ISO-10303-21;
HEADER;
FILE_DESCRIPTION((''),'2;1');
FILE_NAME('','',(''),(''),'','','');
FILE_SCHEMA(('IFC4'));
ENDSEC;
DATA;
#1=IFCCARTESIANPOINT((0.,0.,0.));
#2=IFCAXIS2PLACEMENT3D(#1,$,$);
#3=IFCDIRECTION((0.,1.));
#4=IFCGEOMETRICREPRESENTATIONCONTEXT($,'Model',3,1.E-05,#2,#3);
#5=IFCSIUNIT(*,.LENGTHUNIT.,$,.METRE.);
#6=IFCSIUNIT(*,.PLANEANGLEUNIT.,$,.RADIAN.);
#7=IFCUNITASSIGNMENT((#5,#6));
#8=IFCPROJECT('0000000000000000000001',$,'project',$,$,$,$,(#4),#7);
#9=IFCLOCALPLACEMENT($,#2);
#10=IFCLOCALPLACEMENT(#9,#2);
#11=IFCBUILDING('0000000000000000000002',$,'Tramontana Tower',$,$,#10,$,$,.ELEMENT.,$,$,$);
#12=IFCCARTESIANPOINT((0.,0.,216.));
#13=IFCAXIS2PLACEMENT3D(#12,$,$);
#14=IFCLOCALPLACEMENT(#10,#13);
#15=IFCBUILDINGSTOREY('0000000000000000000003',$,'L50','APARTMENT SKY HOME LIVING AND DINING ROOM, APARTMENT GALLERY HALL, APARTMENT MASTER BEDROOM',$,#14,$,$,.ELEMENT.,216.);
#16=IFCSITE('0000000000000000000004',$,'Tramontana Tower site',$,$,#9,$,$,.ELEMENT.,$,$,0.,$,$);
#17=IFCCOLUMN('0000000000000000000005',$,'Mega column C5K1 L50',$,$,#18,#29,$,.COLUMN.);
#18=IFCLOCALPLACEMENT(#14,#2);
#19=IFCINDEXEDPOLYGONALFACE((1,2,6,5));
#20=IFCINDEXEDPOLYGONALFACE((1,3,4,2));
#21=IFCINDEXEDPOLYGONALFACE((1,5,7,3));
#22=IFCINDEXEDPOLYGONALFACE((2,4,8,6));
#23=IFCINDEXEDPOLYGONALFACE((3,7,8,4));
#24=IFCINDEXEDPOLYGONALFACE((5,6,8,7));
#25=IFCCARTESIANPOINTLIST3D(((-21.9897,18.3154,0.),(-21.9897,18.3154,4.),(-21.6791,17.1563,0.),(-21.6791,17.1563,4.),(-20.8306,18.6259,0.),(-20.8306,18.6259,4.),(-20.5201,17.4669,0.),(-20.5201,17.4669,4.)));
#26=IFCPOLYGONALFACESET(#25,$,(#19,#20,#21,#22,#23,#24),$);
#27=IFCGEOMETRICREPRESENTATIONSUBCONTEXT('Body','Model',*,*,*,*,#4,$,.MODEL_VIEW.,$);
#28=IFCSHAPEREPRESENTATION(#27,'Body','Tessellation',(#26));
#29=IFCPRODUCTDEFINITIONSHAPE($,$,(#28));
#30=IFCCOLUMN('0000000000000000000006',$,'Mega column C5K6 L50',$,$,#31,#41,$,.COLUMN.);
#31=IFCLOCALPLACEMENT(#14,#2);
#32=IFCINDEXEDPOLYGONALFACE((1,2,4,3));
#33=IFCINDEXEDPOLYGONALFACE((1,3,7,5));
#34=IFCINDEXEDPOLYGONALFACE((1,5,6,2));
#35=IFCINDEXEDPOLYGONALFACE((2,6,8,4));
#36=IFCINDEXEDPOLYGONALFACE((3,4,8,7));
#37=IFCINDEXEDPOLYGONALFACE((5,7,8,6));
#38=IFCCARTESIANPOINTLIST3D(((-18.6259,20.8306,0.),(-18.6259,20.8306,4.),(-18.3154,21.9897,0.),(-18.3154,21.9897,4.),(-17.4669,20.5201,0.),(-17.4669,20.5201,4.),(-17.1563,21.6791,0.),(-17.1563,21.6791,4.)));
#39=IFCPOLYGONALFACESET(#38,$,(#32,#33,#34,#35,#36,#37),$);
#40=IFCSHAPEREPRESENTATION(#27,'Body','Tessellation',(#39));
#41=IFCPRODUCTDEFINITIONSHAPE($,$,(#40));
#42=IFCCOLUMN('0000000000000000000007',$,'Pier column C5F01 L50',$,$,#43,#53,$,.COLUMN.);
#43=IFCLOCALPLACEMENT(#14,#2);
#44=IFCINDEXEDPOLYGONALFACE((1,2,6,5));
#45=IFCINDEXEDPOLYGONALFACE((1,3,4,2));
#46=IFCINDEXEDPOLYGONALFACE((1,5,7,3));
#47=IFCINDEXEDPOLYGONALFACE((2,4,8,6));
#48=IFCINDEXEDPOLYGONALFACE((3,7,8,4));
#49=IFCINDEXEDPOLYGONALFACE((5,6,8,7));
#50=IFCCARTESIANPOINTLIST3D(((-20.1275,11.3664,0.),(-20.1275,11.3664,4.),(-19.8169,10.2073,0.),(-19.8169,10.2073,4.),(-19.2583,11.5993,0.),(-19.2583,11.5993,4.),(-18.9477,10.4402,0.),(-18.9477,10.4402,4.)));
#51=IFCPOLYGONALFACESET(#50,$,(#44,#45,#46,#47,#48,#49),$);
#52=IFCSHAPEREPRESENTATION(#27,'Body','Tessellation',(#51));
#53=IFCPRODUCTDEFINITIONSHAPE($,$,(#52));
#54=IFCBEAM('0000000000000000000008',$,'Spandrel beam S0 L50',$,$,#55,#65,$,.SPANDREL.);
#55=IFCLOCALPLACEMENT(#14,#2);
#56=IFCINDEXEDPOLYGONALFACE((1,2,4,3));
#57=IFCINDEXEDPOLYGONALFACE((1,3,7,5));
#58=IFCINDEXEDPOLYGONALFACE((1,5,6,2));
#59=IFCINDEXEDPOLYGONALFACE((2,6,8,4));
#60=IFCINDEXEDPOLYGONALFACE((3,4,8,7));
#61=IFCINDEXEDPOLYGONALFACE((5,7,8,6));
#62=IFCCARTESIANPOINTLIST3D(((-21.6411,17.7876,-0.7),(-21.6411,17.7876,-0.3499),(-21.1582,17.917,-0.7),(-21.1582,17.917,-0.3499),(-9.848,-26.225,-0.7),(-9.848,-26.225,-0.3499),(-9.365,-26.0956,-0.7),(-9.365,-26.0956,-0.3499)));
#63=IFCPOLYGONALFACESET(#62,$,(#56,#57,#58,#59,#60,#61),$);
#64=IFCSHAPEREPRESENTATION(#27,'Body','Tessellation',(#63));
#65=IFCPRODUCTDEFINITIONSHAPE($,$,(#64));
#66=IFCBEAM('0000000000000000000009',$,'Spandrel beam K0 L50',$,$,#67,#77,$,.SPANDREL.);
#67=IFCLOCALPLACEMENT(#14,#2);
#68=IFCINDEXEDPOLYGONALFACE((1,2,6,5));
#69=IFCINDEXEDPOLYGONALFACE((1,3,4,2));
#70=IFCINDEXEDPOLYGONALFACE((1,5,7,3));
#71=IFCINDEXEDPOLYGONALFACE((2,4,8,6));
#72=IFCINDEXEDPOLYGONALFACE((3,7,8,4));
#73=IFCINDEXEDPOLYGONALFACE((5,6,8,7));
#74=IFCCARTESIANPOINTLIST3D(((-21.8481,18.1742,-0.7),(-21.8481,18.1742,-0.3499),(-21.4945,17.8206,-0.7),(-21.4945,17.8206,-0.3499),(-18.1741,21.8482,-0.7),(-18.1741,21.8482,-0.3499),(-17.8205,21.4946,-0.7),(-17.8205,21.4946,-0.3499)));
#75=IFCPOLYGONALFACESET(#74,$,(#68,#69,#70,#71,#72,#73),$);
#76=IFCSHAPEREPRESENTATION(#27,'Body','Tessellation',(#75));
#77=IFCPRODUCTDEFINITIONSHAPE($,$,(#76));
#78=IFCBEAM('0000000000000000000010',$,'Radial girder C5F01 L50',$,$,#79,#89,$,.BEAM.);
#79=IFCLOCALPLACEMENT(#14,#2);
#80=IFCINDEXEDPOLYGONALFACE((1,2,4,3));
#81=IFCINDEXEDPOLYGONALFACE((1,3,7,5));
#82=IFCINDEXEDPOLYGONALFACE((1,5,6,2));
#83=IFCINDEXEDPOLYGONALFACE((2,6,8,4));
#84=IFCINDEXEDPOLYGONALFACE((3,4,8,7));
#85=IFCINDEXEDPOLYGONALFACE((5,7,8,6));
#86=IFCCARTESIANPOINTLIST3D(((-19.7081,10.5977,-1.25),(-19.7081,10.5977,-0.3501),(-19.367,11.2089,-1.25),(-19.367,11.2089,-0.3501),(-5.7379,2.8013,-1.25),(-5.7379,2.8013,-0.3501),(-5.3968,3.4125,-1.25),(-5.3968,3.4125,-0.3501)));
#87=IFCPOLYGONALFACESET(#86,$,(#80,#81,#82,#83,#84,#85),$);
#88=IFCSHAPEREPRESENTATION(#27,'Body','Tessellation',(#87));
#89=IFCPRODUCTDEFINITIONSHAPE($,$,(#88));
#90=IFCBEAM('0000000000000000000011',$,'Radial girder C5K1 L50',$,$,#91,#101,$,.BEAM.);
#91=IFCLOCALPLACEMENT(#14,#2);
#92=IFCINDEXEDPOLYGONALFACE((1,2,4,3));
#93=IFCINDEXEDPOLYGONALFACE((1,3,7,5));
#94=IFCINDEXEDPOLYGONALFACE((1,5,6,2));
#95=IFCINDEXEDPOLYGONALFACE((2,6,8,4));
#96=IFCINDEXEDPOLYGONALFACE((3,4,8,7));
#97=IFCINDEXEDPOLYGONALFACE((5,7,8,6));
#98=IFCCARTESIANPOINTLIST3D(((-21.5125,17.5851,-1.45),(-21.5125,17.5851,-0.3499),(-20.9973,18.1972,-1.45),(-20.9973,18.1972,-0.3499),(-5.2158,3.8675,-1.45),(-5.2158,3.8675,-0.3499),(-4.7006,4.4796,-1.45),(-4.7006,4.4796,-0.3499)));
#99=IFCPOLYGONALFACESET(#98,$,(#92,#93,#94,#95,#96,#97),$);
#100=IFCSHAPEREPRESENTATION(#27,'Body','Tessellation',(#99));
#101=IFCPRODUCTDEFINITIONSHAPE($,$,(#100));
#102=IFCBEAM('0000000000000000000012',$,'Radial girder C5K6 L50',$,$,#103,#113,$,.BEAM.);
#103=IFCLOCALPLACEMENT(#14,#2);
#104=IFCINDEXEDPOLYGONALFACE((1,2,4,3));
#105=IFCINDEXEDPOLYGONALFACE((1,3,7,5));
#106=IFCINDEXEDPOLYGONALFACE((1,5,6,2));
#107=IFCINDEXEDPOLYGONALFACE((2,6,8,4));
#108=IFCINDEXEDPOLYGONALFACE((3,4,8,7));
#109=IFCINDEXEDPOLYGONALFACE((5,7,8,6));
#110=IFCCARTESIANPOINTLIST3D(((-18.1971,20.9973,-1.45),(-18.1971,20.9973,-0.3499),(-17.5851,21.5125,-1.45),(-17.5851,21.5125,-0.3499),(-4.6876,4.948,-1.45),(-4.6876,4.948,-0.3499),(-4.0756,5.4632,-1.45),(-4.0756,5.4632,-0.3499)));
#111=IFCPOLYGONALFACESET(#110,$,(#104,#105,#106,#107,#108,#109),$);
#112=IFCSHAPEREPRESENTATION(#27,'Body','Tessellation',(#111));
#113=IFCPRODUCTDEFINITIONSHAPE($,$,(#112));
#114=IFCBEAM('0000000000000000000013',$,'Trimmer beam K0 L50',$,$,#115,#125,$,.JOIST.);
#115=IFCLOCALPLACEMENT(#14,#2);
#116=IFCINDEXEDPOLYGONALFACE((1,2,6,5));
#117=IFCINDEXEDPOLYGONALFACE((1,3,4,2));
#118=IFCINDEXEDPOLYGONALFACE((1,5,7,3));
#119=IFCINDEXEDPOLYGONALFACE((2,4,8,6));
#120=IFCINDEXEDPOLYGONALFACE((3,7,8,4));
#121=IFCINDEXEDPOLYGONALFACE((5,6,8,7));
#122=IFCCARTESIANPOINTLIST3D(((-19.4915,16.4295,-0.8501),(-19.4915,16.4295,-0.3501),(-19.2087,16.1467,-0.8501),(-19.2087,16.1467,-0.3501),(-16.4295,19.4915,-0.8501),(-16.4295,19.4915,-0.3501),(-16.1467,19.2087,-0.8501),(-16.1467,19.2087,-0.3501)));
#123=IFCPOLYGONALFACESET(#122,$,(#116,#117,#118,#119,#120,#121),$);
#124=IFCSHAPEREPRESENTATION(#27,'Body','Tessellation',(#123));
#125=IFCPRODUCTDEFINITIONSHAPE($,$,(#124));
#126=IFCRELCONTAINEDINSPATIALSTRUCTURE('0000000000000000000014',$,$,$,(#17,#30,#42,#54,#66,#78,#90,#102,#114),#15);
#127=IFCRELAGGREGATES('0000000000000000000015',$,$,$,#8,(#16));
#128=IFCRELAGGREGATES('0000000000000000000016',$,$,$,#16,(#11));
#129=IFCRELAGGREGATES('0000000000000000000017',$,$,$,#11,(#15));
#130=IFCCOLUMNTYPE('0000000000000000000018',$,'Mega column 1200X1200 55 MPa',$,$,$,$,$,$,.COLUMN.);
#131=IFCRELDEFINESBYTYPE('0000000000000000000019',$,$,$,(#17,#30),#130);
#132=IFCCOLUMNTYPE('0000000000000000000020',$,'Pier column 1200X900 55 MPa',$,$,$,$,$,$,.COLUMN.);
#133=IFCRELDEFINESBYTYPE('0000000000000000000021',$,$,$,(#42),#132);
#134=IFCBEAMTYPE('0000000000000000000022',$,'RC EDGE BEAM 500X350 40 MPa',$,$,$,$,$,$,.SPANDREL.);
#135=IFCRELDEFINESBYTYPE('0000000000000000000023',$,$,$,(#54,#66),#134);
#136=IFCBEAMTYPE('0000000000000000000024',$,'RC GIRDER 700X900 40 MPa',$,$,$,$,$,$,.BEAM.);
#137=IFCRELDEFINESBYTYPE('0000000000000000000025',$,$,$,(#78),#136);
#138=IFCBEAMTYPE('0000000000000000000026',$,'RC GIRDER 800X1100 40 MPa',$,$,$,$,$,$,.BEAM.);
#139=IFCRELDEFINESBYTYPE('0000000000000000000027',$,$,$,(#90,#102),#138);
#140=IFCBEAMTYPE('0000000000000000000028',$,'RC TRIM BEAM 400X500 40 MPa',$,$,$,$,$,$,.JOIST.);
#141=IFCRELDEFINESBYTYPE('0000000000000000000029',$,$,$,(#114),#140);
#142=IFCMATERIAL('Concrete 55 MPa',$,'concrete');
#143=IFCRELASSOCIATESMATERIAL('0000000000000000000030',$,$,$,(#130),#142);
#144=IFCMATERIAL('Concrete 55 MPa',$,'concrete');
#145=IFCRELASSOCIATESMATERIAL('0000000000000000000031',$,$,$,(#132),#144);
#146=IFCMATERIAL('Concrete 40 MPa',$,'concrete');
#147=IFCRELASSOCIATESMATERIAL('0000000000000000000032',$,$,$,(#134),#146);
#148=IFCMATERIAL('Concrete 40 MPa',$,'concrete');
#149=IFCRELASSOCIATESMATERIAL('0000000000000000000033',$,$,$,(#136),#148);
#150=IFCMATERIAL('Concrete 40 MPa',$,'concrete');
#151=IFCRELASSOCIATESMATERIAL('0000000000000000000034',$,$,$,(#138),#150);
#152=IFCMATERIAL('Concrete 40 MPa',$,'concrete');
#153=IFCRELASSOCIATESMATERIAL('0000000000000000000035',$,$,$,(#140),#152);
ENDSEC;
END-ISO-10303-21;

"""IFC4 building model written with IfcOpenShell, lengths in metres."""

from ifc_helpers import new_model, si_unit, direction, frame, origin, origin_2d, place, context, subcontext, project, spatial, rectangle, extrude, material, material_profile, profile_set, type_object, element, save


model = new_model("IFC4")

# Units and contexts
model_context = context("Model", 3, precision=1e-05, world=origin(), true_north=direction((0.0, 1.0)))
body_context = subcontext(model_context, "Body", "Model", "MODEL_VIEW")
ifc_project = project(units=[si_unit("LENGTHUNIT", "METRE"), si_unit("PLANEANGLEUNIT", "RADIAN")], contexts=[model_context])

# Site, building, storey
site_placement = place(None, origin())
site = spatial("IfcSite", under=ifc_project, at=site_placement, Name="Tramontana Tower site", CompositionType="ELEMENT", RefElevation=0.0)
building_placement = place(site_placement, origin())
building = spatial("IfcBuilding", under=site, at=building_placement, Name="Tramontana Tower", CompositionType="ELEMENT")
storey_placement = place(building_placement, frame((0.0, 0.0, 216.0)))
storey = spatial("IfcBuildingStorey", under=building, at=storey_placement, Name="L50", Description="APARTMENT SKY HOME LIVING AND DINING ROOM, APARTMENT GALLERY HALL, APARTMENT MASTER BEDROOM", CompositionType="ELEMENT", Elevation=216.0)

# Columns
ifc_material_1 = material(Name="Concrete 55 MPa", Category="concrete")
ifc_material_profile_1 = material_profile(ifc_material_1, rectangle(XDim=1.2, YDim=1.2, at=origin_2d()), Name="Mega column 1200X1200 55 MPa")
ifc_profile_set_1 = profile_set([ifc_material_profile_1], Name="Concrete 55 MPa")
column_type_1 = type_object("IfcColumnType", Name="Mega column 1200X1200 55 MPa", PredefinedType="COLUMN", material=ifc_profile_set_1)
for number, where, z_axis, x_axis, name in (
    (1, (-21.2549, 17.8911, 0.0), (0.0, 0.0, 1.0), (0.258819, -0.965926, 0.0), "Mega column C5K1 L50"),
    (2, (-17.8911, 21.2549, 0.0), (0.0, 0.0, 1.0), (-0.965926, 0.258819, 0.0), "Mega column C5K6 L50"),
):
    element("IfcColumn", number, at=place(storey_placement, frame(where, z_axis=z_axis, x_axis=x_axis)), inside=storey, type_object=column_type_1, Name=name, PredefinedType="COLUMN", context=body_context, shape_type="SweptSolid", body=[
        extrude(rectangle(XDim=1.2, YDim=1.2, at=origin_2d()), origin(), (0.0, 0.0, 1.0), 4.0),
    ])
ifc_material_2 = material(Name="Concrete 55 MPa", Category="concrete")
ifc_material_profile_2 = material_profile(ifc_material_2, rectangle(XDim=1.2, YDim=0.8999, at=origin_2d()), Name="Pier column 1200X900 55 MPa")
ifc_profile_set_2 = profile_set([ifc_material_profile_2], Name="Concrete 55 MPa")
column_type_2 = type_object("IfcColumnType", Name="Pier column 1200X900 55 MPa", PredefinedType="COLUMN", material=ifc_profile_set_2)
column_placement = place(storey_placement, frame((-19.5376, 10.9033, 0.0), z_axis=(0.0, 0.0, 1.0), x_axis=(0.258819, -0.965926, 0.0)))
element("IfcColumn", 3, at=column_placement, inside=storey, type_object=column_type_2, Name="Pier column C5F01 L50", PredefinedType="COLUMN", context=body_context, shape_type="SweptSolid", body=[
    extrude(rectangle(XDim=1.2, YDim=0.8999, at=origin_2d()), origin(), (0.0, 0.0, 1.0), 4.0),
])

# Beams
ifc_material_3 = material(Name="Concrete 40 MPa", Category="concrete")
ifc_material_profile_3 = material_profile(ifc_material_3, rectangle(XDim=0.5, YDim=0.3501, at=origin_2d()), Name="RC EDGE BEAM 500X350 40 MPa")
ifc_profile_set_3 = profile_set([ifc_material_profile_3], Name="Concrete 40 MPa")
beam_type_1 = type_object("IfcBeamType", Name="RC EDGE BEAM 500X350 40 MPa", PredefinedType="SPANDREL", material=ifc_profile_set_3)
beam_1_placement = place(storey_placement, frame((-21.3997, 17.8523, -0.5249), z_axis=(0.25882, -0.965926, 0.0), x_axis=(0.965926, 0.25882, 0.0)))
element("IfcBeam", 4, at=beam_1_placement, inside=storey, type_object=beam_type_1, Name="Spandrel beam S0 L50", PredefinedType="SPANDREL", context=body_context, shape_type="SweptSolid", body=[
    extrude(rectangle(XDim=0.5, YDim=0.3501, at=origin_2d()), origin(), (0.0, 0.0, 1.0), 45.5652),
])
beam_2_placement = place(storey_placement, frame((-17.9973, 21.6714, -0.5249), z_axis=(-0.707107, -0.707107, 0.0), x_axis=(0.707107, -0.707107, 0.0)))
element("IfcBeam", 5, at=beam_2_placement, inside=storey, type_object=beam_type_1, Name="Spandrel beam K0 L50", PredefinedType="SPANDREL", context=body_context, shape_type="SweptSolid", body=[
    extrude(rectangle(XDim=0.5, YDim=0.3501, at=origin_2d()), origin(), (0.0, 0.0, 1.0), 5.1958),
])
ifc_material_4 = material(Name="Concrete 40 MPa", Category="concrete")
ifc_material_profile_4 = material_profile(ifc_material_4, rectangle(XDim=0.7, YDim=0.8999, at=origin_2d()), Name="RC GIRDER 700X900 40 MPa")
ifc_profile_set_4 = profile_set([ifc_material_profile_4], Name="Concrete 40 MPa")
beam_type_2 = type_object("IfcBeamType", Name="RC GIRDER 700X900 40 MPa", PredefinedType="BEAM", material=ifc_profile_set_4)
beam_3_placement = place(storey_placement, frame((-19.5376, 10.9033, -0.8), z_axis=(0.873223, -0.487321, 0.0), x_axis=(0.487321, 0.873223, 0.0)))
element("IfcBeam", 6, at=beam_3_placement, inside=storey, type_object=beam_type_2, Name="Radial girder C5F01 L50", PredefinedType="BEAM", context=body_context, shape_type="SweptSolid", body=[
    extrude(rectangle(XDim=0.7, YDim=0.8999, at=origin_2d()), origin(), (0.0, 0.0, 1.0), 15.9985),
])
ifc_material_5 = material(Name="Concrete 40 MPa", Category="concrete")
ifc_material_profile_5 = material_profile(ifc_material_5, rectangle(XDim=0.8, YDim=1.1001, at=origin_2d()), Name="RC GIRDER 800X1100 40 MPa")
ifc_profile_set_5 = profile_set([ifc_material_profile_5], Name="Concrete 40 MPa")
beam_type_3 = type_object("IfcBeamType", Name="RC GIRDER 800X1100 40 MPa", PredefinedType="BEAM", material=ifc_profile_set_5)
beam_4_placement = place(storey_placement, frame((-21.2549, 17.8911, -0.8999), z_axis=(0.765049, -0.643972, 0.0), x_axis=(0.643972, 0.765049, 0.0)))
element("IfcBeam", 7, at=beam_4_placement, inside=storey, type_object=beam_type_3, Name="Radial girder C5K1 L50", PredefinedType="BEAM", context=body_context, shape_type="SweptSolid", body=[
    extrude(rectangle(XDim=0.8, YDim=1.1001, at=origin_2d()), origin(), (0.0, 0.0, 1.0), 21.3015),
])
beam_5_placement = place(storey_placement, frame((-17.8911, 21.2549, -0.8999), z_axis=(0.643977, -0.765045, 0.0), x_axis=(0.765045, 0.643977, 0.0)))
element("IfcBeam", 8, at=beam_5_placement, inside=storey, type_object=beam_type_3, Name="Radial girder C5K6 L50", PredefinedType="BEAM", context=body_context, shape_type="SweptSolid", body=[
    extrude(rectangle(XDim=0.8, YDim=1.1001, at=origin_2d()), origin(), (0.0, 0.0, 1.0), 20.9783),
])
ifc_material_6 = material(Name="Concrete 40 MPa", Category="concrete")
ifc_material_profile_6 = material_profile(ifc_material_6, rectangle(XDim=0.3999, YDim=0.5, at=origin_2d()), Name="RC TRIM BEAM 400X500 40 MPa")
ifc_profile_set_6 = profile_set([ifc_material_profile_6], Name="Concrete 40 MPa")
beam_type_4 = type_object("IfcBeamType", Name="RC TRIM BEAM 400X500 40 MPa", PredefinedType="JOIST", material=ifc_profile_set_6)
beam_6_placement = place(storey_placement, frame((-16.2881, 19.3501, -0.6001), z_axis=(-0.707107, -0.707107, 0.0), x_axis=(0.707107, -0.707107, 0.0)))
element("IfcBeam", 9, at=beam_6_placement, inside=storey, type_object=beam_type_4, Name="Trimmer beam K0 L50", PredefinedType="JOIST", context=body_context, shape_type="SweptSolid", body=[
    extrude(rectangle(XDim=0.3999, YDim=0.5, at=origin_2d()), origin(), (0.0, 0.0, 1.0), 4.3303),
])

save(model, "model.ifc")
